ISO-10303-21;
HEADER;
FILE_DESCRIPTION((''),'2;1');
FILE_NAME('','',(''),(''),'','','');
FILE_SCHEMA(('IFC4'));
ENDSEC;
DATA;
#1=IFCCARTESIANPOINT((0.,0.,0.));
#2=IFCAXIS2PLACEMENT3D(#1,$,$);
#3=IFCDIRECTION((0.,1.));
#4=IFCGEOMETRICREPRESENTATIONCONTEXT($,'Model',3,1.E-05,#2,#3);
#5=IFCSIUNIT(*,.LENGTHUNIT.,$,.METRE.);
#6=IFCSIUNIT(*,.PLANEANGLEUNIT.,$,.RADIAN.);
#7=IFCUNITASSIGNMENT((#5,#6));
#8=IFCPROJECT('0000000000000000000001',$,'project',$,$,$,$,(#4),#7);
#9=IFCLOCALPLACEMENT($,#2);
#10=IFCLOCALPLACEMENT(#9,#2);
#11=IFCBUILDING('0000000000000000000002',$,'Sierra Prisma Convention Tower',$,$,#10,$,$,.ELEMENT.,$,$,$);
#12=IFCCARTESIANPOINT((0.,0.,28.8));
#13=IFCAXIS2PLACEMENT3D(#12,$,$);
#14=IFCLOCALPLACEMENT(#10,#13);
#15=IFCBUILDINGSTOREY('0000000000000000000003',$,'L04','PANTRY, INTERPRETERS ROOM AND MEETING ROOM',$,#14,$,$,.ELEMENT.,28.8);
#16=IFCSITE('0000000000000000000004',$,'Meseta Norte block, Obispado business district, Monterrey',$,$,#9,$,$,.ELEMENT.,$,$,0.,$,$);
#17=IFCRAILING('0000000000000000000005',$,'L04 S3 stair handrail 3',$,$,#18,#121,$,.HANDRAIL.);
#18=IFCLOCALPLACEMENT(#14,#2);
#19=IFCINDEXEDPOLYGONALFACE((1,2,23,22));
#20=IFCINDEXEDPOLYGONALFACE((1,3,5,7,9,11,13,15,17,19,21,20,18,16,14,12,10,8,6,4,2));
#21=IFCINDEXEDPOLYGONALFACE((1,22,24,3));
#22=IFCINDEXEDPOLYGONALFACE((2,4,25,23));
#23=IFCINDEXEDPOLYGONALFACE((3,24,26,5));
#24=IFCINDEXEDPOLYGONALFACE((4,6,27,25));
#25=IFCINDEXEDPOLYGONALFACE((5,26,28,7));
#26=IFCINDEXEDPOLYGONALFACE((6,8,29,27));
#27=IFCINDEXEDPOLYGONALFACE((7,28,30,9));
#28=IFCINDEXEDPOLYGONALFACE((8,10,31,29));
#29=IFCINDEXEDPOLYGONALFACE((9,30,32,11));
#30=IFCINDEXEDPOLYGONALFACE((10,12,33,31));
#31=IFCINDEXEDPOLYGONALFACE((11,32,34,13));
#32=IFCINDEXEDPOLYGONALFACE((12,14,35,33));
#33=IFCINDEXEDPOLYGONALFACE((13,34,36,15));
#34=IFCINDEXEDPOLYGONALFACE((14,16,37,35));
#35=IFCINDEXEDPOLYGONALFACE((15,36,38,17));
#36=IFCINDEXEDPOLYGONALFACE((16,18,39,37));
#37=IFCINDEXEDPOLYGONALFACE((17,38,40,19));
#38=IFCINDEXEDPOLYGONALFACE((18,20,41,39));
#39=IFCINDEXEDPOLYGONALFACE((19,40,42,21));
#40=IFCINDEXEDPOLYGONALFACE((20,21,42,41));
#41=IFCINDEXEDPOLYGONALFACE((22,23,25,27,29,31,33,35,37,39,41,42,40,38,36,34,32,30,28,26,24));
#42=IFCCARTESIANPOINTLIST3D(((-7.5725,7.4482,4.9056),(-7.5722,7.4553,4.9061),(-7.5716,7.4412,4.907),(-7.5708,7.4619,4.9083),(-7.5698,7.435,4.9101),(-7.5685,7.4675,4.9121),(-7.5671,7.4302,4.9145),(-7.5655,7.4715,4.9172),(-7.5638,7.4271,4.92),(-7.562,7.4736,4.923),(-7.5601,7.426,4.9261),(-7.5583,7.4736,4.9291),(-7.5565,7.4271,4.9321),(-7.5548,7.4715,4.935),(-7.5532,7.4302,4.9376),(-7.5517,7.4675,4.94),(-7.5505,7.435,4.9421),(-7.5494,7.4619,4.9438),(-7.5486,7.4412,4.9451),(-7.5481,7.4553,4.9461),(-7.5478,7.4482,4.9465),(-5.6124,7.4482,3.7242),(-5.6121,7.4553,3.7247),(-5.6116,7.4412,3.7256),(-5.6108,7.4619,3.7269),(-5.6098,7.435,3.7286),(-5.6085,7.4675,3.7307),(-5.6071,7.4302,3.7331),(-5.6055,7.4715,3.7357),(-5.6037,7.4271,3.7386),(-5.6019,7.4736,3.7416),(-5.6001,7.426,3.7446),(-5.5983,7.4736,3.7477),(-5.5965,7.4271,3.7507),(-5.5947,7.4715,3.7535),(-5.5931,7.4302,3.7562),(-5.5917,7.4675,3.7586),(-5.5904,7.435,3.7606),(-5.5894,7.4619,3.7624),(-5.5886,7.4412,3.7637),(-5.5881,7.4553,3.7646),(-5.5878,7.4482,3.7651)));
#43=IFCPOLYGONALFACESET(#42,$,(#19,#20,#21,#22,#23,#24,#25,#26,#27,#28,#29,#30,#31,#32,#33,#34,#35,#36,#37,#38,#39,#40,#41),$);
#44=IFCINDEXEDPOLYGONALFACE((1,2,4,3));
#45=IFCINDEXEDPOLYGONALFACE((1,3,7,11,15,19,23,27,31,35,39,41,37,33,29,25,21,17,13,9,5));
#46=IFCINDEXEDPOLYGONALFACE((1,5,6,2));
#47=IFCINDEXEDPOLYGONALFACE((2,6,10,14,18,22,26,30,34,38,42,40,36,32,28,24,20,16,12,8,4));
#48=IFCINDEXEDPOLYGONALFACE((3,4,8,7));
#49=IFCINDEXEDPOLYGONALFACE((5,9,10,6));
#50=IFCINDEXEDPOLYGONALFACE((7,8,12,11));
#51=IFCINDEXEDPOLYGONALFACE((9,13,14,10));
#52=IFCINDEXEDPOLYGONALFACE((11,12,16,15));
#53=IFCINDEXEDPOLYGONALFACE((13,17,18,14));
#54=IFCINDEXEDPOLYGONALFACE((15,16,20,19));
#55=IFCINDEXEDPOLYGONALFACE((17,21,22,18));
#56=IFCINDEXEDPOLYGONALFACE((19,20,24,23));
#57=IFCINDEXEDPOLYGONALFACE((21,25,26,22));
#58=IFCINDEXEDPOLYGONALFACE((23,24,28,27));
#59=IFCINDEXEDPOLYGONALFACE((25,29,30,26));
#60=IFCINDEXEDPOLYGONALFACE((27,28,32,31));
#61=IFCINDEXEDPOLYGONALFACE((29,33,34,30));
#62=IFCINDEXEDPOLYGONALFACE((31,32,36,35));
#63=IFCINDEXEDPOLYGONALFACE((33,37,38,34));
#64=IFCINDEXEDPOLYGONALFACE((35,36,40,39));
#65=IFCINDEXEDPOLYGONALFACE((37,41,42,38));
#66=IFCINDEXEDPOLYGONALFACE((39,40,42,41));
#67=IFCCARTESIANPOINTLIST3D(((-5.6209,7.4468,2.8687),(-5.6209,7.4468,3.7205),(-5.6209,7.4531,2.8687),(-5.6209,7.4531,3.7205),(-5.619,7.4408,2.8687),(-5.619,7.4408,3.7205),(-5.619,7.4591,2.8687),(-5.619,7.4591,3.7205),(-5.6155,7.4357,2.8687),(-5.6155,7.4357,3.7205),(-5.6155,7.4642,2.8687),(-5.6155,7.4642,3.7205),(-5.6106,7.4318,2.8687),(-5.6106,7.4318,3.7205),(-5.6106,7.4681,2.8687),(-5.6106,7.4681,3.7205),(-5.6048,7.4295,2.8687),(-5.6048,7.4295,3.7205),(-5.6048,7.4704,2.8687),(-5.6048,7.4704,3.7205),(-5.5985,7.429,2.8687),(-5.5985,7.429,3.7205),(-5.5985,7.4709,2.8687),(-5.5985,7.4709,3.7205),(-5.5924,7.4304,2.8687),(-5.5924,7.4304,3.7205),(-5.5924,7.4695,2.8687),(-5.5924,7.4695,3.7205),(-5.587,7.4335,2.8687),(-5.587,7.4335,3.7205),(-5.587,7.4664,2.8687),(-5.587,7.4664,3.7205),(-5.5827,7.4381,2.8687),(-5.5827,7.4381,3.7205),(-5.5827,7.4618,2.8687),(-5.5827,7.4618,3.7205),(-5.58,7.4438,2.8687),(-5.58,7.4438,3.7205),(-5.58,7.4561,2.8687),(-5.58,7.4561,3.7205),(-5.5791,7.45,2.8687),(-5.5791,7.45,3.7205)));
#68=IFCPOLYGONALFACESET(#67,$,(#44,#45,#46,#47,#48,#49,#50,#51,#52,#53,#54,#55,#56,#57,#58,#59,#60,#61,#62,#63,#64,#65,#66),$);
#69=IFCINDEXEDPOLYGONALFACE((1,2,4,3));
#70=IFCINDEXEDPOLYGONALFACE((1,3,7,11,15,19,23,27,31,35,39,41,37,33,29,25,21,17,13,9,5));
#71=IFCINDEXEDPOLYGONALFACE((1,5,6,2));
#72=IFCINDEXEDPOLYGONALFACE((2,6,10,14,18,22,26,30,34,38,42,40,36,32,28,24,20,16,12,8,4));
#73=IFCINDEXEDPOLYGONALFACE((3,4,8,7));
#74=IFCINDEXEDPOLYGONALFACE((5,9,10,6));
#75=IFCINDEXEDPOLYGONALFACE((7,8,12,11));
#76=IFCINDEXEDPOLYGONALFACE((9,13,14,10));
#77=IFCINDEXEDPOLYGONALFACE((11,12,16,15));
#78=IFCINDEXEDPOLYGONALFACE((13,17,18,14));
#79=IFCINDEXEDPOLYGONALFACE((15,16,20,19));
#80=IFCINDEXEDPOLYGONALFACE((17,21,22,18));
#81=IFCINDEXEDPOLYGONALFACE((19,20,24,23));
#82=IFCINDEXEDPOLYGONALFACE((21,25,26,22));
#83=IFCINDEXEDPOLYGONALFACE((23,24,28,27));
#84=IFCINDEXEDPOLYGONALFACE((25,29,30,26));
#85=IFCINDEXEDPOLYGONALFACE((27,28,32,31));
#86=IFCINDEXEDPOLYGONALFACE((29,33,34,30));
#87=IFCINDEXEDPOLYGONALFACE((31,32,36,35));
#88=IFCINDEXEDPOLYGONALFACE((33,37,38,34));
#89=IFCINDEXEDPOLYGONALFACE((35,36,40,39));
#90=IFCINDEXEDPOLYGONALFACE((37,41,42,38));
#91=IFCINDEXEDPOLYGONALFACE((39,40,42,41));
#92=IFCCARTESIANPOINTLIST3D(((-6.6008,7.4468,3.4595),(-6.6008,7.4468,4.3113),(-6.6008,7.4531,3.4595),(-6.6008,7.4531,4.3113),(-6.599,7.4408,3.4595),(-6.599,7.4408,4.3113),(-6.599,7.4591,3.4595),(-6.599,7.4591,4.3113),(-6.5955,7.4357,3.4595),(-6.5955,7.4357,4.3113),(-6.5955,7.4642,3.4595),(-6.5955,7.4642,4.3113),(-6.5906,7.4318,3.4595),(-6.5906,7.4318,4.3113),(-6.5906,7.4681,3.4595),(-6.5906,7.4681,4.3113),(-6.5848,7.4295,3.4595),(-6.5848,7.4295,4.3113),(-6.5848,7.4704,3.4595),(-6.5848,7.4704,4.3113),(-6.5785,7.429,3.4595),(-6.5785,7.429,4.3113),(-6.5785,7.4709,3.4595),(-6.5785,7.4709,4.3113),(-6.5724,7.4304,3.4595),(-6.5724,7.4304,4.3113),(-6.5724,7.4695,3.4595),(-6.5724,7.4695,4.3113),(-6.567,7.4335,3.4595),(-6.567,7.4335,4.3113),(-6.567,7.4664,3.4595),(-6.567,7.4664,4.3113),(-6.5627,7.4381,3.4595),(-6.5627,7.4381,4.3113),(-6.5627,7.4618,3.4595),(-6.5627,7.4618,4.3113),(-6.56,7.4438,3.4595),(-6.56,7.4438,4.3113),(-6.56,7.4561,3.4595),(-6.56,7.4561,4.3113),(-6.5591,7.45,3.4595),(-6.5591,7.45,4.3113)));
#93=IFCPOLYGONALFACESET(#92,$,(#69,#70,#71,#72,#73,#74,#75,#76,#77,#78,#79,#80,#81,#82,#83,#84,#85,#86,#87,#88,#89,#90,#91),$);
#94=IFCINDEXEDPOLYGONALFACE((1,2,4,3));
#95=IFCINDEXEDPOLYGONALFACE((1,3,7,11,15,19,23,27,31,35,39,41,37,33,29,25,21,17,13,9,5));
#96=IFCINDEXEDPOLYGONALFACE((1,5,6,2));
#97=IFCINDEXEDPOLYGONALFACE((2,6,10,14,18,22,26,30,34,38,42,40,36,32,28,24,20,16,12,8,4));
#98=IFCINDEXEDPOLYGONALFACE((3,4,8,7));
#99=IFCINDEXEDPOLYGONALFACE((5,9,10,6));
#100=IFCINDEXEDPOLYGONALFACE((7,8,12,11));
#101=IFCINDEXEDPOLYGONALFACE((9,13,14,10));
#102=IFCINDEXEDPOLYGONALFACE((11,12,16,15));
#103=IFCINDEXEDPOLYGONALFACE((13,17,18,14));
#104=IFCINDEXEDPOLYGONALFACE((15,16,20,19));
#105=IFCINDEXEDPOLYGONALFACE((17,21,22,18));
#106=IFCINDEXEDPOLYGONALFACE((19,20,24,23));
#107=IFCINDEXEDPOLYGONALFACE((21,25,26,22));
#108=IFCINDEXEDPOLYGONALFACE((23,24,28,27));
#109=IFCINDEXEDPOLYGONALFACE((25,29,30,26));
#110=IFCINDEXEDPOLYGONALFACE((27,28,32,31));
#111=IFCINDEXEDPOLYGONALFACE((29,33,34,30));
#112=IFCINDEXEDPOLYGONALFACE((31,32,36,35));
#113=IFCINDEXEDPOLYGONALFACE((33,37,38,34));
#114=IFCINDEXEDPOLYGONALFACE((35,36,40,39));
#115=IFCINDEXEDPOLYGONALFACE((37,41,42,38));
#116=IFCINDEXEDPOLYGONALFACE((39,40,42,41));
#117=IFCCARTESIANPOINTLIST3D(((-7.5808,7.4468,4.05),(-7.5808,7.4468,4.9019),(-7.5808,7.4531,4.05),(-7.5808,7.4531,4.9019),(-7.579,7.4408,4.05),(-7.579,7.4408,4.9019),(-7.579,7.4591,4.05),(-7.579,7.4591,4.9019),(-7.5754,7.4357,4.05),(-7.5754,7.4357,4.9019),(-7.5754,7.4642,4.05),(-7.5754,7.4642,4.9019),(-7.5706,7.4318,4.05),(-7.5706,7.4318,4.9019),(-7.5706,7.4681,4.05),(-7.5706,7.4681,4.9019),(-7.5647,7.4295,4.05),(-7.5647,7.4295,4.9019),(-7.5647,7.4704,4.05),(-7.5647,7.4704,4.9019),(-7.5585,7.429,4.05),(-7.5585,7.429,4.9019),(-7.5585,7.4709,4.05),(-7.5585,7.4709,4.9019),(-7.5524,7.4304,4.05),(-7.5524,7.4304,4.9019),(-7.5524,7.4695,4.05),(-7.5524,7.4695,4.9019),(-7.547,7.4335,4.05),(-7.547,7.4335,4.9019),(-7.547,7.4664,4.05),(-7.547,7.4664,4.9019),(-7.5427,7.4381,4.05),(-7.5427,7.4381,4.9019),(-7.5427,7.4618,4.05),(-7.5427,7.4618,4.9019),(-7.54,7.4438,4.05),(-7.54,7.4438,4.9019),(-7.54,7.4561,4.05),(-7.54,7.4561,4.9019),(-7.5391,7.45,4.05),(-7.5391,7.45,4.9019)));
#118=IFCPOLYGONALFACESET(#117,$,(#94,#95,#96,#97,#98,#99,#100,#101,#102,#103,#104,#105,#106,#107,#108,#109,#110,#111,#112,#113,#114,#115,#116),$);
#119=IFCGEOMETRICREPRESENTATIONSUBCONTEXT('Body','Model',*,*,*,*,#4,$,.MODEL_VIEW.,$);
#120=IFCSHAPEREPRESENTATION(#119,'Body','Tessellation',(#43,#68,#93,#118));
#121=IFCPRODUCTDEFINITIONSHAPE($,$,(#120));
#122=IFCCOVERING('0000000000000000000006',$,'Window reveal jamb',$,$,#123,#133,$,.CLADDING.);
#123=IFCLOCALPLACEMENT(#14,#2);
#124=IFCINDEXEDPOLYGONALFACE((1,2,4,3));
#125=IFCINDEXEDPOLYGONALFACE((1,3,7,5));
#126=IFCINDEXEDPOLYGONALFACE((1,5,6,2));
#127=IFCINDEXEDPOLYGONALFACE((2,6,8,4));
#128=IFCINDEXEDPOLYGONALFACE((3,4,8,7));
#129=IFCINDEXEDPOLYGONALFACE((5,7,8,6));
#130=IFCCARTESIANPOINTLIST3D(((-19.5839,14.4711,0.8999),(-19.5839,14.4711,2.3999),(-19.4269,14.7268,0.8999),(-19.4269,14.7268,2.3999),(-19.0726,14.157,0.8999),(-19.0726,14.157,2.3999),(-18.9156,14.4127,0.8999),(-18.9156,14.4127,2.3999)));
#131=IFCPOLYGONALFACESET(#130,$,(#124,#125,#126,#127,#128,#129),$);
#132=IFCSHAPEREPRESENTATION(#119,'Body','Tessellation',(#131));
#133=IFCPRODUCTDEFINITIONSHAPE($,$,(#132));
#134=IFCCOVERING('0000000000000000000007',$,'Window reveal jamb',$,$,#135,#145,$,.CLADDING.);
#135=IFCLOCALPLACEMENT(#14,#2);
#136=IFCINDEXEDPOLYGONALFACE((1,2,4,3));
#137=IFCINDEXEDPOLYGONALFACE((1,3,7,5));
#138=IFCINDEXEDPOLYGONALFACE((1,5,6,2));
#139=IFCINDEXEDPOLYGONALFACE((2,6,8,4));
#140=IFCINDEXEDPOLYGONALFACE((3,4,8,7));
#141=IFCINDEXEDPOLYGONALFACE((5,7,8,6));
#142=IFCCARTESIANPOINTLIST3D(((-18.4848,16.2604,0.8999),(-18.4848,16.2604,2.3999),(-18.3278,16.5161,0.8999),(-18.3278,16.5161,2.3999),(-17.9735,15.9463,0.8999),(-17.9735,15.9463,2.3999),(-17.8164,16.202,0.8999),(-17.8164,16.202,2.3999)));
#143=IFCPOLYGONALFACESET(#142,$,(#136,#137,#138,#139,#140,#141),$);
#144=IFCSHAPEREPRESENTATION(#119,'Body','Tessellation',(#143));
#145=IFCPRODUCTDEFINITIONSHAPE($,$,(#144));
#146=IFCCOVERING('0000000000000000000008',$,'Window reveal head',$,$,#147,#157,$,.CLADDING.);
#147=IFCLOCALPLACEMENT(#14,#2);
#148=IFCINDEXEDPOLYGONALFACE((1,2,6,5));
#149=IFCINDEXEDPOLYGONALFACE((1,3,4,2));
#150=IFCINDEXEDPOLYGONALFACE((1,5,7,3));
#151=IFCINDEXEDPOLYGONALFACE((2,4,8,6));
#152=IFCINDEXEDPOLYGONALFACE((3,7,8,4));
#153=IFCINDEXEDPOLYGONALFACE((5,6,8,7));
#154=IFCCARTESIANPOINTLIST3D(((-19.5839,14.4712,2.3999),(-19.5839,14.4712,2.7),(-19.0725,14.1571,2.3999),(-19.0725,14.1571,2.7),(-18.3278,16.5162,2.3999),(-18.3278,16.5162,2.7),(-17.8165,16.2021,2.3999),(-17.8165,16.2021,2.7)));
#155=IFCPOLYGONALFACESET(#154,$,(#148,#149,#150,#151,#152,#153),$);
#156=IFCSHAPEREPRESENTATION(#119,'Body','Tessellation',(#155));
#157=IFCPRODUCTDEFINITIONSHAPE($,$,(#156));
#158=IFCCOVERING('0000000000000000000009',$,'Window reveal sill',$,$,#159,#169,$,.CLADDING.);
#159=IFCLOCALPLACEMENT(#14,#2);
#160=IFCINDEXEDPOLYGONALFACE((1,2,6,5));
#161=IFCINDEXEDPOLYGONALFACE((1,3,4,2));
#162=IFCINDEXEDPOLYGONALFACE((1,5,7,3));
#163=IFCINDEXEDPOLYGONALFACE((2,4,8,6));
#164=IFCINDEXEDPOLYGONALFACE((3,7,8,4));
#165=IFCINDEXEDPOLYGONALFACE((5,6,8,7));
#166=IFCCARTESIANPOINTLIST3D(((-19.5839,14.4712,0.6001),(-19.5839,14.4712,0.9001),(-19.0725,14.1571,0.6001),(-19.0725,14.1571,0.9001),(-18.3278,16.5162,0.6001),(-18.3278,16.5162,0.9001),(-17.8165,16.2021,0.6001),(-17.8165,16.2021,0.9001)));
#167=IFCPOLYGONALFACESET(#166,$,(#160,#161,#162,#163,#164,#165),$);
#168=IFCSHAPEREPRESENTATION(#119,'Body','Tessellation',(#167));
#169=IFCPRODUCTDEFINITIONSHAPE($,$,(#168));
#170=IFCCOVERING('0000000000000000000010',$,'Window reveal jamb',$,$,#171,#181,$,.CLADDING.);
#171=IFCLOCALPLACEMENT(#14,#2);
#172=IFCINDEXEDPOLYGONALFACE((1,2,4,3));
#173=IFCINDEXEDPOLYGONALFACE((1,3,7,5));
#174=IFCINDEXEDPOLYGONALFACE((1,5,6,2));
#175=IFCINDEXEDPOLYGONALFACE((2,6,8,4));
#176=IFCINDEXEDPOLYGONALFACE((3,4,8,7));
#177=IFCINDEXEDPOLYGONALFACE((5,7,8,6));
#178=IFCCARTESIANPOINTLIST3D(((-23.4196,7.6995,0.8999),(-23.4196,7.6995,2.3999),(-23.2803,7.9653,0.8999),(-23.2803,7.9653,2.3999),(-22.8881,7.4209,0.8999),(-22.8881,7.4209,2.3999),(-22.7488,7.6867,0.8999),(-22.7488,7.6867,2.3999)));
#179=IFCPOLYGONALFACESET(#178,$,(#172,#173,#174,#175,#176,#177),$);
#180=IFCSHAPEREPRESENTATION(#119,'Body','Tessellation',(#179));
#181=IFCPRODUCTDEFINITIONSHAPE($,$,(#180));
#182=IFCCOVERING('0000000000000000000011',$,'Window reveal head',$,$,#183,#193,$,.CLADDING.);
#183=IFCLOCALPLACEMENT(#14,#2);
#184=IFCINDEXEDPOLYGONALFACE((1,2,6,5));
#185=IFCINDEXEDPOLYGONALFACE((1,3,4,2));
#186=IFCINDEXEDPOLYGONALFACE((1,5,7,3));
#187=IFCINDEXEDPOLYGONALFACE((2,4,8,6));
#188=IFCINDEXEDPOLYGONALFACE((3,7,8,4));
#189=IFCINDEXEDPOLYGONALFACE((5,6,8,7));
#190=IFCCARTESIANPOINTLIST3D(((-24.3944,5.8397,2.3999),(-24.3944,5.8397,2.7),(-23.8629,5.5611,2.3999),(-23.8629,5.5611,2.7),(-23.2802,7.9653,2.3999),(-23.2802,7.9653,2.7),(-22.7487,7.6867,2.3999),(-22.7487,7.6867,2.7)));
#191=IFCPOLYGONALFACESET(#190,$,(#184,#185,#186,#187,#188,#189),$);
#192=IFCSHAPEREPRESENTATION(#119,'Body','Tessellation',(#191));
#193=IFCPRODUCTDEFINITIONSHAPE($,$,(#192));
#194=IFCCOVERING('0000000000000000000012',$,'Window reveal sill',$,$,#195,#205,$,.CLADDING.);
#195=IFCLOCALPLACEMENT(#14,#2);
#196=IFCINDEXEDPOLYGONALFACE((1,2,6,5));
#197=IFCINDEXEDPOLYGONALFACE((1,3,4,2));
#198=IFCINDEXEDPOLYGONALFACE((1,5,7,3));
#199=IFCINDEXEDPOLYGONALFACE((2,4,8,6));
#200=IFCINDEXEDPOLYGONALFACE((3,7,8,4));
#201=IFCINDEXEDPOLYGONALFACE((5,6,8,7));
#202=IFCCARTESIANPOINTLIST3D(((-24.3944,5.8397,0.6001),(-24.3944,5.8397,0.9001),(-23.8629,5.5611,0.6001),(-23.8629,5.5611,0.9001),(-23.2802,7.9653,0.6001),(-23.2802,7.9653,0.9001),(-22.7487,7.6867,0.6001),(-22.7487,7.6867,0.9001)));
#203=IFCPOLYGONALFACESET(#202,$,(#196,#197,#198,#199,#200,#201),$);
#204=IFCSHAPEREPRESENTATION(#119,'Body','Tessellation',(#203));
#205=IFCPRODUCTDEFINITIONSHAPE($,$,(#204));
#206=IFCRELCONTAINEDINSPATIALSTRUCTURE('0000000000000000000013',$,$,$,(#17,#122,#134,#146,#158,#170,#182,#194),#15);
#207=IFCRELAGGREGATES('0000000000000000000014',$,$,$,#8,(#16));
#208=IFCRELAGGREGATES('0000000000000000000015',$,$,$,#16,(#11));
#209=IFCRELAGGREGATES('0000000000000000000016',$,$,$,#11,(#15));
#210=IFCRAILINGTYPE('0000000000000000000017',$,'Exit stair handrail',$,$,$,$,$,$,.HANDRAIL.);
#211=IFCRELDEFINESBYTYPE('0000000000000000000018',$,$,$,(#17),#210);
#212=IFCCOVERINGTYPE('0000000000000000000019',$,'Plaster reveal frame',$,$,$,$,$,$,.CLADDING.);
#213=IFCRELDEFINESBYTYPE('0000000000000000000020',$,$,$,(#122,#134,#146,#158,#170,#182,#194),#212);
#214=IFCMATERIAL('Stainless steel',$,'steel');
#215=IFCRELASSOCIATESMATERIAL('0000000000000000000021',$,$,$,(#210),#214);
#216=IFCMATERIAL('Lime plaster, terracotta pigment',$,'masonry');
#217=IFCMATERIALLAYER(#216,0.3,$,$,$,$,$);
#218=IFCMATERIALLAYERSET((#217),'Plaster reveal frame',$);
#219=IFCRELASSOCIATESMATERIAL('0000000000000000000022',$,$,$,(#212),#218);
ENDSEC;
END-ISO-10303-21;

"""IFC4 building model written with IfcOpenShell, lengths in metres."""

from ifc_helpers import new_model, si_unit, direction, frame, origin, origin_2d, place, context, subcontext, project, spatial, rectangle, circle, extrude, material, layer, layer_set, type_object, element, save


model = new_model("IFC4")

# Units and contexts
model_context = context("Model", 3, precision=1e-05, world=origin(), true_north=direction((0.0, 1.0)))
body_context = subcontext(model_context, "Body", "Model", "MODEL_VIEW")
ifc_project = project(units=[si_unit("LENGTHUNIT", "METRE"), si_unit("PLANEANGLEUNIT", "RADIAN")], contexts=[model_context])

# Site, building, storey
site_placement = place(None, origin())
site = spatial("IfcSite", under=ifc_project, at=site_placement, Name="Meseta Norte block, Obispado business district, Monterrey", CompositionType="ELEMENT", RefElevation=0.0)
building_placement = place(site_placement, origin())
building = spatial("IfcBuilding", under=site, at=building_placement, Name="Sierra Prisma Convention Tower", CompositionType="ELEMENT")
storey_placement = place(building_placement, frame((0.0, 0.0, 28.8)))
storey = spatial("IfcBuildingStorey", under=building, at=storey_placement, Name="L04", Description="PANTRY, INTERPRETERS ROOM AND MEETING ROOM", CompositionType="ELEMENT", Elevation=28.8)

# Railing
ifc_material_1 = material(Name="Stainless steel", Category="steel")
railing_type = type_object("IfcRailingType", Name="Exit stair handrail", PredefinedType="HANDRAIL", material=ifc_material_1)
railing_1_placement = place(storey_placement, frame((-5.6001, 7.45, 2.8687)))
element("IfcRailing", 1, at=railing_1_placement, inside=storey, type_object=railing_type, Name="L04 S3 stair handrail 3", PredefinedType="HANDRAIL", context=body_context, shape_type="SweptSolid", body=[
    extrude(circle(Radius=0.0239, at=origin_2d()), frame((0.0, 0.0, 0.876), z_axis=(-0.856446, 0.0, 0.516236), x_axis=(0.0, -1.0, 0.0)), (0.0, 0.0, 1.0), 2.2886),
    extrude(circle(Radius=0.021, at=origin_2d()), origin(), (0.0, 0.0, 1.0), 0.8518),
    extrude(circle(Radius=0.021, at=origin_2d()), frame((-0.98, 0.0, 0.5908)), (0.0, 0.0, 1.0), 0.8518),
    extrude(circle(Radius=0.021, at=origin_2d()), frame((-1.96, 0.0, 1.1814)), (0.0, 0.0, 1.0), 0.8518),
])

# Coverings
ifc_material_2 = material(Name="Lime plaster, terracotta pigment", Category="masonry")
ifc_layer_1 = layer(ifc_material_2, 0.3)
ifc_layer_set_1 = layer_set([ifc_layer_1], Name="Plaster reveal frame")
covering_type = type_object("IfcCoveringType", Name="Plaster reveal frame", PredefinedType="CLADDING", material=ifc_layer_set_1)
for number, where, z_axis, x_axis, name in (
    (2, (-19.2498, 14.4419, 0.8999), (0.0, 0.0, 1.0), (0.523373, 0.852103, 0.0), "Window reveal jamb"),
    (3, (-18.1506, 16.2312, 0.8999), (0.0, 0.0, 1.0), (0.523373, 0.852103, 0.0), "Window reveal jamb"),
):
    element("IfcCovering", number, at=place(storey_placement, frame(where, z_axis=z_axis, x_axis=x_axis)), inside=storey, type_object=covering_type, Name=name, PredefinedType="CLADDING", context=body_context, shape_type="SweptSolid", body=[
        extrude(rectangle(XDim=0.3, YDim=0.6001, at=origin_2d()), origin(), (0.0, 0.0, 1.0), 1.5),
    ])
for number, where, z_axis, x_axis, name in (
    (4, (-18.7002, 15.3367, 2.3999), (0.0, 0.0, 1.0), (0.523373, 0.852103, 0.0), "Window reveal head"),
    (5, (-18.7002, 15.3367, 0.6001), (0.0, 0.0, 1.0), (0.523373, 0.852103, 0.0), "Window reveal sill"),
):
    element("IfcCovering", number, at=place(storey_placement, frame(where, z_axis=z_axis, x_axis=x_axis)), inside=storey, type_object=covering_type, Name=name, PredefinedType="CLADDING", context=body_context, shape_type="SweptSolid", body=[
        extrude(rectangle(XDim=2.3999, YDim=0.6001, at=origin_2d()), origin(), (0.0, 0.0, 1.0), 0.3),
    ])
covering_placement = place(storey_placement, frame((-23.0842, 7.6931, 0.8999), z_axis=(0.0, 0.0, 1.0), x_axis=(0.464253, 0.885703, 0.0)))
element("IfcCovering", 6, at=covering_placement, inside=storey, type_object=covering_type, Name="Window reveal jamb", PredefinedType="CLADDING", context=body_context, shape_type="SweptSolid", body=[
    extrude(rectangle(XDim=0.3, YDim=0.6001, at=origin_2d()), origin(), (0.0, 0.0, 1.0), 1.5),
])
for number, where, z_axis, x_axis, name in (
    (7, (-23.5715, 6.7632, 2.3999), (0.0, 0.0, 1.0), (0.464253, 0.885703, 0.0), "Window reveal head"),
    (8, (-23.5715, 6.7632, 0.6001), (0.0, 0.0, 1.0), (0.464253, 0.885703, 0.0), "Window reveal sill"),
):
    element("IfcCovering", number, at=place(storey_placement, frame(where, z_axis=z_axis, x_axis=x_axis)), inside=storey, type_object=covering_type, Name=name, PredefinedType="CLADDING", context=body_context, shape_type="SweptSolid", body=[
        extrude(rectangle(XDim=2.3999, YDim=0.6001, at=origin_2d()), origin(), (0.0, 0.0, 1.0), 0.3),
    ])

save(model, "model.ifc")
